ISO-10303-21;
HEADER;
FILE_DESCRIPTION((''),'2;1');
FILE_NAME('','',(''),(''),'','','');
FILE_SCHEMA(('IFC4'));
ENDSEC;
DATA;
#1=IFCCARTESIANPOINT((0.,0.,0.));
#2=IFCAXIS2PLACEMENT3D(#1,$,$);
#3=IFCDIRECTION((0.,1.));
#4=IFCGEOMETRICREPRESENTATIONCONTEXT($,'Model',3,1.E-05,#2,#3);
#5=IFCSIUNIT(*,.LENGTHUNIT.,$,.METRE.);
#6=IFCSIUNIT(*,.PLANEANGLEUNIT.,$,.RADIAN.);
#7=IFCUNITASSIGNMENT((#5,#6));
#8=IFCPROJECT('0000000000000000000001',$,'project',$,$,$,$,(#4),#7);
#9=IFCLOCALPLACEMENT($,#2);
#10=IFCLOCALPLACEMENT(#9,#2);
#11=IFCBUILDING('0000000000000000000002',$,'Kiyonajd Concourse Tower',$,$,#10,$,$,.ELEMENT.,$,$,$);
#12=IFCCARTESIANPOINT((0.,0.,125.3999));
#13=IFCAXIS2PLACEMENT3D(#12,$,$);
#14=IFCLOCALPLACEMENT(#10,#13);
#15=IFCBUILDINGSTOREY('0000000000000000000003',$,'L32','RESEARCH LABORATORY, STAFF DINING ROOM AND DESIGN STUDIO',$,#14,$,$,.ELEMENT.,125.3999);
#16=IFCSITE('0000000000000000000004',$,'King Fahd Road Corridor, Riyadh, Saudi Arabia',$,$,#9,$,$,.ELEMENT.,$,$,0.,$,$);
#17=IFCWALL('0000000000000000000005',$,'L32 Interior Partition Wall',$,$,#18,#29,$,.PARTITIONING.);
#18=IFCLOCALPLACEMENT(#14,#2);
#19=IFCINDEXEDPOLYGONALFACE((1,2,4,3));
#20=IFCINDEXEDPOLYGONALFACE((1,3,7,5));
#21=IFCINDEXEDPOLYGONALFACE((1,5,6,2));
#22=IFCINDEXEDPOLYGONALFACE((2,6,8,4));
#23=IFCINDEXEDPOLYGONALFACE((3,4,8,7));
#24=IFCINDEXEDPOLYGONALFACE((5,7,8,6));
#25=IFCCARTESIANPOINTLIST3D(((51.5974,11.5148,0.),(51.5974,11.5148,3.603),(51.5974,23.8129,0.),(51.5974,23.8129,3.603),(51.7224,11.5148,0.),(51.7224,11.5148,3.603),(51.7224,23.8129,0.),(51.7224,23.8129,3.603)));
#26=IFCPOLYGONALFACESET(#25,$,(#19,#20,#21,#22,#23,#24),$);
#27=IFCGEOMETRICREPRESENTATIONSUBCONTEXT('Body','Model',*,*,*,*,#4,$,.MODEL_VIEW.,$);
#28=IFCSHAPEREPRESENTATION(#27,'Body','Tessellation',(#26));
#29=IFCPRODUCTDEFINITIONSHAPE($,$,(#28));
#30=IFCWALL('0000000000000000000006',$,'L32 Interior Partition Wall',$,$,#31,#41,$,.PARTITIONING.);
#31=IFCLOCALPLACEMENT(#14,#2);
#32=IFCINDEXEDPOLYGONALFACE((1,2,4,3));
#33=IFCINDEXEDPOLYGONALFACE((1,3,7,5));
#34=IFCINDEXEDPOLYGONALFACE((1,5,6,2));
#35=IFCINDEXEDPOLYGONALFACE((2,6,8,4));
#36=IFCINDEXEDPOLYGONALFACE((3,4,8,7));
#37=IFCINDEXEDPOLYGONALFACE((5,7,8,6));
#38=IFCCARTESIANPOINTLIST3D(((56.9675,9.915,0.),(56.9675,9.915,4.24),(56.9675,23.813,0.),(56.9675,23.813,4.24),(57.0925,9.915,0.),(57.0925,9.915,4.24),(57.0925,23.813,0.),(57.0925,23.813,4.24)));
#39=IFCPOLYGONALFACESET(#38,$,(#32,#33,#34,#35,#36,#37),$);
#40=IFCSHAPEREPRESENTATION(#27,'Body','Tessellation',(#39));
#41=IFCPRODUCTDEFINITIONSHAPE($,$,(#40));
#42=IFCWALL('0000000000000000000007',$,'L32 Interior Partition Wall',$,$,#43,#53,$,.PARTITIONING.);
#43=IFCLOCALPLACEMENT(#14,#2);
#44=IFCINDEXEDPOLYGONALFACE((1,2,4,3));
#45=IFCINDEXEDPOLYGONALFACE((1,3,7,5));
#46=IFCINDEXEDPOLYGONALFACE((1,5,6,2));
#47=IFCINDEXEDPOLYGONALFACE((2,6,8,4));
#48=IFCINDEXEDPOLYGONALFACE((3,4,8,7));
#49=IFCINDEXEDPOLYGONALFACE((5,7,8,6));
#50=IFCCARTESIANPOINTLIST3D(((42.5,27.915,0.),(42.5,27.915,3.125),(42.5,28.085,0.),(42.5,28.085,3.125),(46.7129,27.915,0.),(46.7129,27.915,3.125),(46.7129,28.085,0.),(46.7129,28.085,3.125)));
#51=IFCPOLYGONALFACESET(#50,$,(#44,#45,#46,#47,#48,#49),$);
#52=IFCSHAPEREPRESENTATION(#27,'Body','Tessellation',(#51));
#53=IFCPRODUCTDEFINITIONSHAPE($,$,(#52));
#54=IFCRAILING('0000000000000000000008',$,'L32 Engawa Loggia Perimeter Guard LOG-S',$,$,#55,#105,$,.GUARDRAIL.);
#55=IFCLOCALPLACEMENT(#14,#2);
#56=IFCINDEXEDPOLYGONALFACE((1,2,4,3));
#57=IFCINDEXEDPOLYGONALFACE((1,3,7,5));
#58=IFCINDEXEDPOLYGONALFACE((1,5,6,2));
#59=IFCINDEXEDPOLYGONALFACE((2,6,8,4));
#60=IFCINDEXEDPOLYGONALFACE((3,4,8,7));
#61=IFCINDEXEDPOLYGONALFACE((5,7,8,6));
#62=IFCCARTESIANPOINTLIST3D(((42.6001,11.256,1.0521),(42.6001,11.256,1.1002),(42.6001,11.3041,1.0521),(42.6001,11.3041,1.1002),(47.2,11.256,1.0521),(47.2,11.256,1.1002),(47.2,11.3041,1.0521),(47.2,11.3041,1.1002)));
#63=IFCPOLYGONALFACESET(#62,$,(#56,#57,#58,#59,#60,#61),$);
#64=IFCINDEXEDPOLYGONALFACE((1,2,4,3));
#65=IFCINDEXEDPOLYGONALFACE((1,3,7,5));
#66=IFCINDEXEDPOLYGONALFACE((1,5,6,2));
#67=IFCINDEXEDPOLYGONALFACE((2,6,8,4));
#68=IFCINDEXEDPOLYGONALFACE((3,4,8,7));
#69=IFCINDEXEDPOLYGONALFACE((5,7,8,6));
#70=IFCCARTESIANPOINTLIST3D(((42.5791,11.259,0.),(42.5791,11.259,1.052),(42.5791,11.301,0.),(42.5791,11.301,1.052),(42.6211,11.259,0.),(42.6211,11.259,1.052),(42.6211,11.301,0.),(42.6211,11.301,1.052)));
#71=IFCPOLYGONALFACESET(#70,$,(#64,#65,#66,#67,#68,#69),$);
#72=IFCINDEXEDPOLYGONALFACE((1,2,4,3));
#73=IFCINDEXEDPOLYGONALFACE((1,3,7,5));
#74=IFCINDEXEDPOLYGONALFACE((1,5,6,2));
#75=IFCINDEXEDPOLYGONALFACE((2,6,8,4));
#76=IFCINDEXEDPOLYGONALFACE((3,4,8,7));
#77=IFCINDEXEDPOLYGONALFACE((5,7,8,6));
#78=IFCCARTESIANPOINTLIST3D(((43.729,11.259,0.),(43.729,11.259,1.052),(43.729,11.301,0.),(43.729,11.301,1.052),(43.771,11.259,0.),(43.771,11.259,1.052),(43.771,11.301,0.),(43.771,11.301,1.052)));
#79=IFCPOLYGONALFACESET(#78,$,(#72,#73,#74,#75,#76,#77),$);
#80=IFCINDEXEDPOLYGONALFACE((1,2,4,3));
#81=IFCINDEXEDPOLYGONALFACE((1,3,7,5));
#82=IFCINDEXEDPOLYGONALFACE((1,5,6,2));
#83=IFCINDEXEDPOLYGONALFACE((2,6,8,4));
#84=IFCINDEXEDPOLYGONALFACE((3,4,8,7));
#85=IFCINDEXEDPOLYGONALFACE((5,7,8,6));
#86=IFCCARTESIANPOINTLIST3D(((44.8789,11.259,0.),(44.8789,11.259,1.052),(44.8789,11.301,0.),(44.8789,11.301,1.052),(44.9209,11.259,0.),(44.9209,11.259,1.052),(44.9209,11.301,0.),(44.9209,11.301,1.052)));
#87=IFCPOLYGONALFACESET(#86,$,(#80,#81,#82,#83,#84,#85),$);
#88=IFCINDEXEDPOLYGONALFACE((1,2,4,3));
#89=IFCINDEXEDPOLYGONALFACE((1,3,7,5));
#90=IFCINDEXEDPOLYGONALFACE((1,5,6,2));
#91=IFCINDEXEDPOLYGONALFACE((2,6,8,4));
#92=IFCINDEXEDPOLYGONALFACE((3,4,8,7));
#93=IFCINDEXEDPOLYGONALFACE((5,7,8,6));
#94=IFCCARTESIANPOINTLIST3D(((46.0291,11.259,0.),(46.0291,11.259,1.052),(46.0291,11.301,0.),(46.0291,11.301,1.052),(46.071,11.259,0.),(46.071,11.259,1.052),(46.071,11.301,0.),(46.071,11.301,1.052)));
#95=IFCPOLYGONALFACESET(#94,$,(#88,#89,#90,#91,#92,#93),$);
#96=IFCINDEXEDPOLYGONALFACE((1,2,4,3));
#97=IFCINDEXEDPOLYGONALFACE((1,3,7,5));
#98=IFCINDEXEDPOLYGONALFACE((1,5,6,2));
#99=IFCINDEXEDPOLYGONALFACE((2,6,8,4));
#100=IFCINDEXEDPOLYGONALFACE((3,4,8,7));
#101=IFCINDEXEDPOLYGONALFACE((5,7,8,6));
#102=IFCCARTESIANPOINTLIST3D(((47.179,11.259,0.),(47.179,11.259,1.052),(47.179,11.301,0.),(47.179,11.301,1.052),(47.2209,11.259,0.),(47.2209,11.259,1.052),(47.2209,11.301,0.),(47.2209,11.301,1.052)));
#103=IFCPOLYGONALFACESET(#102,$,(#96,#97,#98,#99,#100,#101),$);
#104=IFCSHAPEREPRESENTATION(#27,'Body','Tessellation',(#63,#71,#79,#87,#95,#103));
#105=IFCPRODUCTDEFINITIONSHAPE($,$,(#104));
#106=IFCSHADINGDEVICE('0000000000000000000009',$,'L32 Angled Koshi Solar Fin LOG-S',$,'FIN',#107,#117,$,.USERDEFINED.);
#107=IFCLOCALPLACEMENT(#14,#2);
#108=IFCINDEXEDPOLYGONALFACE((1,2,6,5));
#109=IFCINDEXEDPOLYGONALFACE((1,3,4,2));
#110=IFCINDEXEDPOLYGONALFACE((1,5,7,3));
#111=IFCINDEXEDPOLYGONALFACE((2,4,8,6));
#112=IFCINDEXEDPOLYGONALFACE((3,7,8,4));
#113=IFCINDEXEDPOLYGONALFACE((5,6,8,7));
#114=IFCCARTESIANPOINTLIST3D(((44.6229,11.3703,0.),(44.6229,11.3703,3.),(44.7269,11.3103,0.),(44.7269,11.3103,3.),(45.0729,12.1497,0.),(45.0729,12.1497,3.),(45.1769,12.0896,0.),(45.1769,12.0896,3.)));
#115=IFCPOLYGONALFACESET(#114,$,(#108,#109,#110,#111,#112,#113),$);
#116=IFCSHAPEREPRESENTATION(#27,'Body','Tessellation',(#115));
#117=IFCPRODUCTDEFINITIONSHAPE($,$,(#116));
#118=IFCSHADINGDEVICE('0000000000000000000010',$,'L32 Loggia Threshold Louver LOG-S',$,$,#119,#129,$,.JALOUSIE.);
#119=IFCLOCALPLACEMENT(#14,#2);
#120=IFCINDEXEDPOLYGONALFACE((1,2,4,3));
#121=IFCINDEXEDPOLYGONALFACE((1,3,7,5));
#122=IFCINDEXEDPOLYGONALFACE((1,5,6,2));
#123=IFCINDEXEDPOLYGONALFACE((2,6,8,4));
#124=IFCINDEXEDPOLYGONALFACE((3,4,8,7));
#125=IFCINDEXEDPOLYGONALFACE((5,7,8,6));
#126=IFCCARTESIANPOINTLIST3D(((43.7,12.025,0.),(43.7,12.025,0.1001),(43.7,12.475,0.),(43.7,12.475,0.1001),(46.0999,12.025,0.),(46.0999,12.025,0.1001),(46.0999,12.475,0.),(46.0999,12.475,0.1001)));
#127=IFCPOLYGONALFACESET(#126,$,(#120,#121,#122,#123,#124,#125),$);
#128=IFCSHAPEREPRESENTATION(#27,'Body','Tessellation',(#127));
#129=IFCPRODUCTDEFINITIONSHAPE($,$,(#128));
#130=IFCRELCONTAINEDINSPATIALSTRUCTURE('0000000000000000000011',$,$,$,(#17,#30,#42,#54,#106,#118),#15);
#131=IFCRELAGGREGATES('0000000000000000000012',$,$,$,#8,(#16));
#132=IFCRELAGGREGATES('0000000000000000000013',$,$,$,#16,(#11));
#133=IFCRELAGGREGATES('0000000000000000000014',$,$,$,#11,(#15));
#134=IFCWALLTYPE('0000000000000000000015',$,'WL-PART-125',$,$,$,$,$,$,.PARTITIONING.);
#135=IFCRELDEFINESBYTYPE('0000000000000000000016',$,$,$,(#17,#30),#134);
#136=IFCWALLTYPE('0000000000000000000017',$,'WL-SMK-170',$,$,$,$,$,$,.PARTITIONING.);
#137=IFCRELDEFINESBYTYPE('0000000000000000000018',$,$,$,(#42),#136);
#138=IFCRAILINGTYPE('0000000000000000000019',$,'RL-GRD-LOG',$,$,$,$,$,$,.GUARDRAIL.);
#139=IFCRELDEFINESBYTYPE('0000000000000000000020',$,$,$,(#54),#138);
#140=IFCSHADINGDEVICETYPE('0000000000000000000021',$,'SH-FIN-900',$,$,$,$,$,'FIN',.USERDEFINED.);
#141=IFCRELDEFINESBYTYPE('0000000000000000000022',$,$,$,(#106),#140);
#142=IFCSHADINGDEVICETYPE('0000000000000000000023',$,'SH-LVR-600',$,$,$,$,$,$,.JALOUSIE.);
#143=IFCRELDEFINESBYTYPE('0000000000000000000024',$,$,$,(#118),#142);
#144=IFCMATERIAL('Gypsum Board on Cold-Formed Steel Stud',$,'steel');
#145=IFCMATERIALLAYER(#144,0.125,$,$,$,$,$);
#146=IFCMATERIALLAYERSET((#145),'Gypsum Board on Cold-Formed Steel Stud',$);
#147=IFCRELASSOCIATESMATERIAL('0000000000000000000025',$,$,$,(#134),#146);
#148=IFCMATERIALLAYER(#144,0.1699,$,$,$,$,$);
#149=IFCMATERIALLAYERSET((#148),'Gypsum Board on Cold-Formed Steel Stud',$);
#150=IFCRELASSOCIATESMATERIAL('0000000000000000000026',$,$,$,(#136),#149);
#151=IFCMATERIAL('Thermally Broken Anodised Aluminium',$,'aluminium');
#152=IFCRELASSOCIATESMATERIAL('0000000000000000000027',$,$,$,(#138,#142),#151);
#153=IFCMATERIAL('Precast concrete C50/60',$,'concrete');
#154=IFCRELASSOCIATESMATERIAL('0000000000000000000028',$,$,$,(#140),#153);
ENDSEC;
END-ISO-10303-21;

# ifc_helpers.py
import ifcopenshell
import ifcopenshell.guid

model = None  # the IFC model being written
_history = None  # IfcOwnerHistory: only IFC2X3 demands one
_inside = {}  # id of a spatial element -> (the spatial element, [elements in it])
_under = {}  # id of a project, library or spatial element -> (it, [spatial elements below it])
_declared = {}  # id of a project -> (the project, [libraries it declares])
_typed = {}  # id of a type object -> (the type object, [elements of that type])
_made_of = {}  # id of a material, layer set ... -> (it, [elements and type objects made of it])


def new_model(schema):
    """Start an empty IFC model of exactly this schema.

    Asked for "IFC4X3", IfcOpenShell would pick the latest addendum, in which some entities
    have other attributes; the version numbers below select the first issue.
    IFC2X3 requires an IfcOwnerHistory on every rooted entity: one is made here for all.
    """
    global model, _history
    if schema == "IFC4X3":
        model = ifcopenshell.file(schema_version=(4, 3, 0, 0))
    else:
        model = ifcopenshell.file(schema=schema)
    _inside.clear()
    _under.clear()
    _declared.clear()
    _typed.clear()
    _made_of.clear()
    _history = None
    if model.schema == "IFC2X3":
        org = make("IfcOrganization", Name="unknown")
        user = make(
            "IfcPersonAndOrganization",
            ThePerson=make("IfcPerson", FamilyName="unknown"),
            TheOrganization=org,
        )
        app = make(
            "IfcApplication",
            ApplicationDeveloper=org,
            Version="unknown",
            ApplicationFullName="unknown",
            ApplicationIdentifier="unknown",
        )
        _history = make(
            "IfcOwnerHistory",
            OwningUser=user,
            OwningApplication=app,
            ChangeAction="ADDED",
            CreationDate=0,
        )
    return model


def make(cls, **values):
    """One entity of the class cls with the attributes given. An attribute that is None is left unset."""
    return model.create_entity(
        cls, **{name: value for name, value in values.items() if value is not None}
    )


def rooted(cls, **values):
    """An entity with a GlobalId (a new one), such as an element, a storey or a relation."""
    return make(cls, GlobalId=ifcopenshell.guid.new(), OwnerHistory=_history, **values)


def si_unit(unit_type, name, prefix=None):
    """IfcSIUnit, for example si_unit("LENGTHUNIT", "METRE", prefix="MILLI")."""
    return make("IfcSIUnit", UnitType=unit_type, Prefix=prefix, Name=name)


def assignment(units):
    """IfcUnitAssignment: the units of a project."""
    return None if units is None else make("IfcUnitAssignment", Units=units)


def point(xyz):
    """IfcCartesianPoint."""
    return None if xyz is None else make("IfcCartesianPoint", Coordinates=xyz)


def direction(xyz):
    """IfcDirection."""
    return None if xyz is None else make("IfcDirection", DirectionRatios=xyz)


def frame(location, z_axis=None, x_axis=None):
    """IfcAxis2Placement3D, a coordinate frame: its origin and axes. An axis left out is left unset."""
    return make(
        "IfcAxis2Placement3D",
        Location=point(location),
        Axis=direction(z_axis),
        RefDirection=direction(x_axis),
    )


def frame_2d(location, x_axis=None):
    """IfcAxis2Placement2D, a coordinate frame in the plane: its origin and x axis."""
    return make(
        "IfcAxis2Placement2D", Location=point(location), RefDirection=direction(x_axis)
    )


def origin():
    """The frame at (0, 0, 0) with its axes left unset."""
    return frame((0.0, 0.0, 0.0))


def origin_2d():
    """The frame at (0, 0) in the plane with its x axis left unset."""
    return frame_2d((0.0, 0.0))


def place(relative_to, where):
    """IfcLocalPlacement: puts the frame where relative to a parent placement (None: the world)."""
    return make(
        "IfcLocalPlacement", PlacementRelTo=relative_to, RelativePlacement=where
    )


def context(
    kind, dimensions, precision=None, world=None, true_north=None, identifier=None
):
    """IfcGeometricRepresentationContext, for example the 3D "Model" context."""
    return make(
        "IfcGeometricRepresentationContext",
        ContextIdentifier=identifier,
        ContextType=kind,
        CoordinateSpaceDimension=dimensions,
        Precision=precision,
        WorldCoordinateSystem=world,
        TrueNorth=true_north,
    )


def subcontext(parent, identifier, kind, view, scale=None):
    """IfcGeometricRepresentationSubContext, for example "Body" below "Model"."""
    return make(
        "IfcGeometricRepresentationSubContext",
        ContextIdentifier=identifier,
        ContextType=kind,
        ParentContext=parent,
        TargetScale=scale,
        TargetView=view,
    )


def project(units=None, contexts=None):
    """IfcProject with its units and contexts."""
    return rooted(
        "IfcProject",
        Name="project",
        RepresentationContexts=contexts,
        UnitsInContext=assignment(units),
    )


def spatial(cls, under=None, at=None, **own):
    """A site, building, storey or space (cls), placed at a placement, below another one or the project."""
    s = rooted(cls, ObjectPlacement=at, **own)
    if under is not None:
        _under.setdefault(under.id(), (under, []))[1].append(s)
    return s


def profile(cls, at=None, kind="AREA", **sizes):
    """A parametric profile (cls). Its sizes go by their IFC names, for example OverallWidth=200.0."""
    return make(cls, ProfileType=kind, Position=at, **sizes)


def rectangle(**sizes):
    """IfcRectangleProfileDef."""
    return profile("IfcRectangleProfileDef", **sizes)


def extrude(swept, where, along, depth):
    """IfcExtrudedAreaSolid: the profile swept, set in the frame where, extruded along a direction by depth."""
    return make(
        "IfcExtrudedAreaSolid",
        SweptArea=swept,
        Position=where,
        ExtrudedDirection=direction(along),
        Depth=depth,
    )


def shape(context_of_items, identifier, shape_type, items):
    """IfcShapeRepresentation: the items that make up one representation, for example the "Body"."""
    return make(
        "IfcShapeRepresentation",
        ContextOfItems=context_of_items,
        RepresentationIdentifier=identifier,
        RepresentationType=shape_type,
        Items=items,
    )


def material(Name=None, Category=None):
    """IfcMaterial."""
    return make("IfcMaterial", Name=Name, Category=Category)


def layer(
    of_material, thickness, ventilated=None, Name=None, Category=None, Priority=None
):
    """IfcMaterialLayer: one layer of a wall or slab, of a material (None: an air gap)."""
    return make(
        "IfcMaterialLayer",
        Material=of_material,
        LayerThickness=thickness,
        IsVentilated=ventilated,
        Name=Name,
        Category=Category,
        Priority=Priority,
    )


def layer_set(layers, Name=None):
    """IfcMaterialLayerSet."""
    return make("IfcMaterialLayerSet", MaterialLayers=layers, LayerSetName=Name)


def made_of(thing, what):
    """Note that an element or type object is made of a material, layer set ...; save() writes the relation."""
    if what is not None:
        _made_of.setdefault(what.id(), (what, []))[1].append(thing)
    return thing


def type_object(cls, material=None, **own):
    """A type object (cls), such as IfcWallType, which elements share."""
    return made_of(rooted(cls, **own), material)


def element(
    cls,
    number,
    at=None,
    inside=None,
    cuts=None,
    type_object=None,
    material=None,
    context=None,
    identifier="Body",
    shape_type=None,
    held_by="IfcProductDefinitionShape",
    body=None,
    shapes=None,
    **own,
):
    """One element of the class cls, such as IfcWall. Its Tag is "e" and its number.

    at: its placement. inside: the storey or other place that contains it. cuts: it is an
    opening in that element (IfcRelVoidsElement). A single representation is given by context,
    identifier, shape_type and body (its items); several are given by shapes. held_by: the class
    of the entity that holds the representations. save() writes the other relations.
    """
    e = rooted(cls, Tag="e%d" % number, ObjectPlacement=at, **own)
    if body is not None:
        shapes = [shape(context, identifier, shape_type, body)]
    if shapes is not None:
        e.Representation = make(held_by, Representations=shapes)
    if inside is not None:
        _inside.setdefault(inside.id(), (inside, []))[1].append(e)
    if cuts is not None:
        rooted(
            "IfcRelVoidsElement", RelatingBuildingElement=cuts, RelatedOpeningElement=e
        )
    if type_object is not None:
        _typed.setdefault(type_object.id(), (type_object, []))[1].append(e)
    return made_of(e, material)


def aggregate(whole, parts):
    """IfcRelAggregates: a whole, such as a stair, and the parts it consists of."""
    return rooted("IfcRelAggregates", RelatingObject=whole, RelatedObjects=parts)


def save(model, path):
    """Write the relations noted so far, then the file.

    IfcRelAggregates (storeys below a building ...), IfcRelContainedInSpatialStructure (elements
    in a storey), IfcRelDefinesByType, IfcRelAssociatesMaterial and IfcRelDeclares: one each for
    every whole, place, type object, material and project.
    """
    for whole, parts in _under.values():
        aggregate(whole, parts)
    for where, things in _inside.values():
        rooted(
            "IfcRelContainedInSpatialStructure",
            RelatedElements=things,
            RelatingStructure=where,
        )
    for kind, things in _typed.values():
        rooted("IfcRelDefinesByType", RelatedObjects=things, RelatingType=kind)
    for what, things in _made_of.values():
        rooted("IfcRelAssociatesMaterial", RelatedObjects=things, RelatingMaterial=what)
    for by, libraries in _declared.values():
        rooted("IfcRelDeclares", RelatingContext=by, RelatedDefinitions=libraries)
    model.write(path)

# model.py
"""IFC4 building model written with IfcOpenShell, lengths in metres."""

from ifc_helpers import new_model, si_unit, direction, frame, frame_2d, origin, origin_2d, place, context, subcontext, project, spatial, rectangle, extrude, material, layer, layer_set, type_object, element, save


model = new_model("IFC4")

# Units and contexts
model_context = context("Model", 3, precision=1e-05, world=origin(), true_north=direction((0.0, 1.0)))
body_context = subcontext(model_context, "Body", "Model", "MODEL_VIEW")
ifc_project = project(units=[si_unit("LENGTHUNIT", "METRE"), si_unit("PLANEANGLEUNIT", "RADIAN")], contexts=[model_context])

# Site, building, storey
site_placement = place(None, origin())
site = spatial("IfcSite", under=ifc_project, at=site_placement, Name="King Fahd Road Corridor, Riyadh, Saudi Arabia", CompositionType="ELEMENT", RefElevation=0.0)
building_placement = place(site_placement, origin())
building = spatial("IfcBuilding", under=site, at=building_placement, Name="Kiyonajd Concourse Tower", CompositionType="ELEMENT")
storey_placement = place(building_placement, frame((0.0, 0.0, 125.3999)))
storey = spatial("IfcBuildingStorey", under=building, at=storey_placement, Name="L32", Description="RESEARCH LABORATORY, STAFF DINING ROOM AND DESIGN STUDIO", CompositionType="ELEMENT", Elevation=125.3999)

# Shared definitions
ifc_material_1 = material(Name="Precast concrete C50/60", Category="concrete")

# Shared definitions
ifc_material_2 = material(Name="Thermally Broken Anodised Aluminium", Category="aluminium")

# Walls
ifc_material_3 = material(Name="Gypsum Board on Cold-Formed Steel Stud", Category="steel")
ifc_layer_1 = layer(ifc_material_3, 0.125)
ifc_layer_set_1 = layer_set([ifc_layer_1], Name="Gypsum Board on Cold-Formed Steel Stud")
wall_type_1 = type_object("IfcWallType", Name="WL-PART-125", PredefinedType="PARTITIONING", material=ifc_layer_set_1)
wall_1_placement = place(storey_placement, frame((51.6599, 11.5149, 0.0), z_axis=(0.0, 0.0, 1.0), x_axis=(0.0, 1.0, 0.0)))
element("IfcWall", 1, at=wall_1_placement, inside=storey, type_object=wall_type_1, Name="L32 Interior Partition Wall", PredefinedType="PARTITIONING", context=body_context, shape_type="SweptSolid", body=[
    extrude(rectangle(XDim=12.2981, YDim=0.125, at=frame_2d((6.1489, 0.0))), origin(), (0.0, 0.0, 1.0), 3.603),
])
wall_2_placement = place(storey_placement, frame((57.03, 9.915, 0.0), z_axis=(0.0, 0.0, 1.0), x_axis=(0.0, 1.0, 0.0)))
element("IfcWall", 2, at=wall_2_placement, inside=storey, type_object=wall_type_1, Name="L32 Interior Partition Wall", PredefinedType="PARTITIONING", context=body_context, shape_type="SweptSolid", body=[
    extrude(rectangle(XDim=13.8979, YDim=0.125, at=frame_2d((6.949, 0.0))), origin(), (0.0, 0.0, 1.0), 4.24),
])
ifc_layer_2 = layer(ifc_material_3, 0.1699)
ifc_layer_set_2 = layer_set([ifc_layer_2], Name="Gypsum Board on Cold-Formed Steel Stud")
wall_type_2 = type_object("IfcWallType", Name="WL-SMK-170", PredefinedType="PARTITIONING", material=ifc_layer_set_2)
wall_3_placement = place(storey_placement, frame((42.5, 28.0, 0.0), z_axis=(0.0, 0.0, 1.0), x_axis=(1.0, 0.0, 0.0)))
element("IfcWall", 3, at=wall_3_placement, inside=storey, type_object=wall_type_2, Name="L32 Interior Partition Wall", PredefinedType="PARTITIONING", context=body_context, shape_type="SweptSolid", body=[
    extrude(rectangle(XDim=4.2129, YDim=0.1699, at=frame_2d((2.1064, 0.0))), origin(), (0.0, 0.0, 1.0), 3.125),
])

# Railing
railing_type = type_object("IfcRailingType", Name="RL-GRD-LOG", PredefinedType="GUARDRAIL", material=ifc_material_2)
railing_placement = place(storey_placement, frame((42.6001, 11.28, 0.0)))
element("IfcRailing", 4, at=railing_placement, inside=storey, type_object=railing_type, Name="L32 Engawa Loggia Perimeter Guard LOG-S", PredefinedType="GUARDRAIL", context=body_context, shape_type="SweptSolid", body=[
    extrude(rectangle(XDim=0.0481, YDim=0.0481, at=origin_2d()), frame((0.0, 0.0, 1.0762), z_axis=(1.0, 0.0, 0.0), x_axis=(0.0, 1.0, 0.0)), (0.0, 0.0, 1.0), 4.5999),
    extrude(rectangle(XDim=0.042, YDim=0.042, at=origin_2d()), origin(), (0.0, 0.0, 1.0), 1.052),
    extrude(rectangle(XDim=0.042, YDim=0.042, at=origin_2d()), frame((1.1499, 0.0, 0.0)), (0.0, 0.0, 1.0), 1.052),
    extrude(rectangle(XDim=0.042, YDim=0.042, at=origin_2d()), frame((2.2998, 0.0, 0.0)), (0.0, 0.0, 1.0), 1.052),
    extrude(rectangle(XDim=0.042, YDim=0.042, at=origin_2d()), frame((3.45, 0.0, 0.0)), (0.0, 0.0, 1.0), 1.052),
    extrude(rectangle(XDim=0.042, YDim=0.042, at=origin_2d()), frame((4.5999, 0.0, 0.0)), (0.0, 0.0, 1.0), 1.052),
])

# Shading devices
shading_device_type_1 = type_object("IfcShadingDeviceType", Name="SH-FIN-900", ElementType="FIN", PredefinedType="USERDEFINED", material=ifc_material_1)
shading_device_1_placement = place(storey_placement, frame((44.8999, 11.73, 0.0), z_axis=(0.0, 0.0, 1.0), x_axis=(0.5, 0.866025, 0.0)))
element("IfcShadingDevice", 5, at=shading_device_1_placement, inside=storey, type_object=shading_device_type_1, Name="L32 Angled Koshi Solar Fin LOG-S", ObjectType="FIN", PredefinedType="USERDEFINED", context=body_context, shape_type="SweptSolid", body=[
    extrude(rectangle(XDim=0.8999, YDim=0.1201, at=origin_2d()), origin(), (0.0, 0.0, 1.0), 3.0),
])
shading_device_type_2 = type_object("IfcShadingDeviceType", Name="SH-LVR-600", PredefinedType="JALOUSIE", material=ifc_material_2)
shading_device_2_placement = place(storey_placement, frame((44.8999, 12.25, 0.0), z_axis=(0.0, 0.0, 1.0), x_axis=(1.0, 0.0, 0.0)))
element("IfcShadingDevice", 6, at=shading_device_2_placement, inside=storey, type_object=shading_device_type_2, Name="L32 Loggia Threshold Louver LOG-S", PredefinedType="JALOUSIE", context=body_context, shape_type="SweptSolid", body=[
    extrude(rectangle(XDim=2.3999, YDim=0.45, at=origin_2d()), origin(), (0.0, 0.0, 1.0), 0.1001),
])

save(model, "model.ifc")
